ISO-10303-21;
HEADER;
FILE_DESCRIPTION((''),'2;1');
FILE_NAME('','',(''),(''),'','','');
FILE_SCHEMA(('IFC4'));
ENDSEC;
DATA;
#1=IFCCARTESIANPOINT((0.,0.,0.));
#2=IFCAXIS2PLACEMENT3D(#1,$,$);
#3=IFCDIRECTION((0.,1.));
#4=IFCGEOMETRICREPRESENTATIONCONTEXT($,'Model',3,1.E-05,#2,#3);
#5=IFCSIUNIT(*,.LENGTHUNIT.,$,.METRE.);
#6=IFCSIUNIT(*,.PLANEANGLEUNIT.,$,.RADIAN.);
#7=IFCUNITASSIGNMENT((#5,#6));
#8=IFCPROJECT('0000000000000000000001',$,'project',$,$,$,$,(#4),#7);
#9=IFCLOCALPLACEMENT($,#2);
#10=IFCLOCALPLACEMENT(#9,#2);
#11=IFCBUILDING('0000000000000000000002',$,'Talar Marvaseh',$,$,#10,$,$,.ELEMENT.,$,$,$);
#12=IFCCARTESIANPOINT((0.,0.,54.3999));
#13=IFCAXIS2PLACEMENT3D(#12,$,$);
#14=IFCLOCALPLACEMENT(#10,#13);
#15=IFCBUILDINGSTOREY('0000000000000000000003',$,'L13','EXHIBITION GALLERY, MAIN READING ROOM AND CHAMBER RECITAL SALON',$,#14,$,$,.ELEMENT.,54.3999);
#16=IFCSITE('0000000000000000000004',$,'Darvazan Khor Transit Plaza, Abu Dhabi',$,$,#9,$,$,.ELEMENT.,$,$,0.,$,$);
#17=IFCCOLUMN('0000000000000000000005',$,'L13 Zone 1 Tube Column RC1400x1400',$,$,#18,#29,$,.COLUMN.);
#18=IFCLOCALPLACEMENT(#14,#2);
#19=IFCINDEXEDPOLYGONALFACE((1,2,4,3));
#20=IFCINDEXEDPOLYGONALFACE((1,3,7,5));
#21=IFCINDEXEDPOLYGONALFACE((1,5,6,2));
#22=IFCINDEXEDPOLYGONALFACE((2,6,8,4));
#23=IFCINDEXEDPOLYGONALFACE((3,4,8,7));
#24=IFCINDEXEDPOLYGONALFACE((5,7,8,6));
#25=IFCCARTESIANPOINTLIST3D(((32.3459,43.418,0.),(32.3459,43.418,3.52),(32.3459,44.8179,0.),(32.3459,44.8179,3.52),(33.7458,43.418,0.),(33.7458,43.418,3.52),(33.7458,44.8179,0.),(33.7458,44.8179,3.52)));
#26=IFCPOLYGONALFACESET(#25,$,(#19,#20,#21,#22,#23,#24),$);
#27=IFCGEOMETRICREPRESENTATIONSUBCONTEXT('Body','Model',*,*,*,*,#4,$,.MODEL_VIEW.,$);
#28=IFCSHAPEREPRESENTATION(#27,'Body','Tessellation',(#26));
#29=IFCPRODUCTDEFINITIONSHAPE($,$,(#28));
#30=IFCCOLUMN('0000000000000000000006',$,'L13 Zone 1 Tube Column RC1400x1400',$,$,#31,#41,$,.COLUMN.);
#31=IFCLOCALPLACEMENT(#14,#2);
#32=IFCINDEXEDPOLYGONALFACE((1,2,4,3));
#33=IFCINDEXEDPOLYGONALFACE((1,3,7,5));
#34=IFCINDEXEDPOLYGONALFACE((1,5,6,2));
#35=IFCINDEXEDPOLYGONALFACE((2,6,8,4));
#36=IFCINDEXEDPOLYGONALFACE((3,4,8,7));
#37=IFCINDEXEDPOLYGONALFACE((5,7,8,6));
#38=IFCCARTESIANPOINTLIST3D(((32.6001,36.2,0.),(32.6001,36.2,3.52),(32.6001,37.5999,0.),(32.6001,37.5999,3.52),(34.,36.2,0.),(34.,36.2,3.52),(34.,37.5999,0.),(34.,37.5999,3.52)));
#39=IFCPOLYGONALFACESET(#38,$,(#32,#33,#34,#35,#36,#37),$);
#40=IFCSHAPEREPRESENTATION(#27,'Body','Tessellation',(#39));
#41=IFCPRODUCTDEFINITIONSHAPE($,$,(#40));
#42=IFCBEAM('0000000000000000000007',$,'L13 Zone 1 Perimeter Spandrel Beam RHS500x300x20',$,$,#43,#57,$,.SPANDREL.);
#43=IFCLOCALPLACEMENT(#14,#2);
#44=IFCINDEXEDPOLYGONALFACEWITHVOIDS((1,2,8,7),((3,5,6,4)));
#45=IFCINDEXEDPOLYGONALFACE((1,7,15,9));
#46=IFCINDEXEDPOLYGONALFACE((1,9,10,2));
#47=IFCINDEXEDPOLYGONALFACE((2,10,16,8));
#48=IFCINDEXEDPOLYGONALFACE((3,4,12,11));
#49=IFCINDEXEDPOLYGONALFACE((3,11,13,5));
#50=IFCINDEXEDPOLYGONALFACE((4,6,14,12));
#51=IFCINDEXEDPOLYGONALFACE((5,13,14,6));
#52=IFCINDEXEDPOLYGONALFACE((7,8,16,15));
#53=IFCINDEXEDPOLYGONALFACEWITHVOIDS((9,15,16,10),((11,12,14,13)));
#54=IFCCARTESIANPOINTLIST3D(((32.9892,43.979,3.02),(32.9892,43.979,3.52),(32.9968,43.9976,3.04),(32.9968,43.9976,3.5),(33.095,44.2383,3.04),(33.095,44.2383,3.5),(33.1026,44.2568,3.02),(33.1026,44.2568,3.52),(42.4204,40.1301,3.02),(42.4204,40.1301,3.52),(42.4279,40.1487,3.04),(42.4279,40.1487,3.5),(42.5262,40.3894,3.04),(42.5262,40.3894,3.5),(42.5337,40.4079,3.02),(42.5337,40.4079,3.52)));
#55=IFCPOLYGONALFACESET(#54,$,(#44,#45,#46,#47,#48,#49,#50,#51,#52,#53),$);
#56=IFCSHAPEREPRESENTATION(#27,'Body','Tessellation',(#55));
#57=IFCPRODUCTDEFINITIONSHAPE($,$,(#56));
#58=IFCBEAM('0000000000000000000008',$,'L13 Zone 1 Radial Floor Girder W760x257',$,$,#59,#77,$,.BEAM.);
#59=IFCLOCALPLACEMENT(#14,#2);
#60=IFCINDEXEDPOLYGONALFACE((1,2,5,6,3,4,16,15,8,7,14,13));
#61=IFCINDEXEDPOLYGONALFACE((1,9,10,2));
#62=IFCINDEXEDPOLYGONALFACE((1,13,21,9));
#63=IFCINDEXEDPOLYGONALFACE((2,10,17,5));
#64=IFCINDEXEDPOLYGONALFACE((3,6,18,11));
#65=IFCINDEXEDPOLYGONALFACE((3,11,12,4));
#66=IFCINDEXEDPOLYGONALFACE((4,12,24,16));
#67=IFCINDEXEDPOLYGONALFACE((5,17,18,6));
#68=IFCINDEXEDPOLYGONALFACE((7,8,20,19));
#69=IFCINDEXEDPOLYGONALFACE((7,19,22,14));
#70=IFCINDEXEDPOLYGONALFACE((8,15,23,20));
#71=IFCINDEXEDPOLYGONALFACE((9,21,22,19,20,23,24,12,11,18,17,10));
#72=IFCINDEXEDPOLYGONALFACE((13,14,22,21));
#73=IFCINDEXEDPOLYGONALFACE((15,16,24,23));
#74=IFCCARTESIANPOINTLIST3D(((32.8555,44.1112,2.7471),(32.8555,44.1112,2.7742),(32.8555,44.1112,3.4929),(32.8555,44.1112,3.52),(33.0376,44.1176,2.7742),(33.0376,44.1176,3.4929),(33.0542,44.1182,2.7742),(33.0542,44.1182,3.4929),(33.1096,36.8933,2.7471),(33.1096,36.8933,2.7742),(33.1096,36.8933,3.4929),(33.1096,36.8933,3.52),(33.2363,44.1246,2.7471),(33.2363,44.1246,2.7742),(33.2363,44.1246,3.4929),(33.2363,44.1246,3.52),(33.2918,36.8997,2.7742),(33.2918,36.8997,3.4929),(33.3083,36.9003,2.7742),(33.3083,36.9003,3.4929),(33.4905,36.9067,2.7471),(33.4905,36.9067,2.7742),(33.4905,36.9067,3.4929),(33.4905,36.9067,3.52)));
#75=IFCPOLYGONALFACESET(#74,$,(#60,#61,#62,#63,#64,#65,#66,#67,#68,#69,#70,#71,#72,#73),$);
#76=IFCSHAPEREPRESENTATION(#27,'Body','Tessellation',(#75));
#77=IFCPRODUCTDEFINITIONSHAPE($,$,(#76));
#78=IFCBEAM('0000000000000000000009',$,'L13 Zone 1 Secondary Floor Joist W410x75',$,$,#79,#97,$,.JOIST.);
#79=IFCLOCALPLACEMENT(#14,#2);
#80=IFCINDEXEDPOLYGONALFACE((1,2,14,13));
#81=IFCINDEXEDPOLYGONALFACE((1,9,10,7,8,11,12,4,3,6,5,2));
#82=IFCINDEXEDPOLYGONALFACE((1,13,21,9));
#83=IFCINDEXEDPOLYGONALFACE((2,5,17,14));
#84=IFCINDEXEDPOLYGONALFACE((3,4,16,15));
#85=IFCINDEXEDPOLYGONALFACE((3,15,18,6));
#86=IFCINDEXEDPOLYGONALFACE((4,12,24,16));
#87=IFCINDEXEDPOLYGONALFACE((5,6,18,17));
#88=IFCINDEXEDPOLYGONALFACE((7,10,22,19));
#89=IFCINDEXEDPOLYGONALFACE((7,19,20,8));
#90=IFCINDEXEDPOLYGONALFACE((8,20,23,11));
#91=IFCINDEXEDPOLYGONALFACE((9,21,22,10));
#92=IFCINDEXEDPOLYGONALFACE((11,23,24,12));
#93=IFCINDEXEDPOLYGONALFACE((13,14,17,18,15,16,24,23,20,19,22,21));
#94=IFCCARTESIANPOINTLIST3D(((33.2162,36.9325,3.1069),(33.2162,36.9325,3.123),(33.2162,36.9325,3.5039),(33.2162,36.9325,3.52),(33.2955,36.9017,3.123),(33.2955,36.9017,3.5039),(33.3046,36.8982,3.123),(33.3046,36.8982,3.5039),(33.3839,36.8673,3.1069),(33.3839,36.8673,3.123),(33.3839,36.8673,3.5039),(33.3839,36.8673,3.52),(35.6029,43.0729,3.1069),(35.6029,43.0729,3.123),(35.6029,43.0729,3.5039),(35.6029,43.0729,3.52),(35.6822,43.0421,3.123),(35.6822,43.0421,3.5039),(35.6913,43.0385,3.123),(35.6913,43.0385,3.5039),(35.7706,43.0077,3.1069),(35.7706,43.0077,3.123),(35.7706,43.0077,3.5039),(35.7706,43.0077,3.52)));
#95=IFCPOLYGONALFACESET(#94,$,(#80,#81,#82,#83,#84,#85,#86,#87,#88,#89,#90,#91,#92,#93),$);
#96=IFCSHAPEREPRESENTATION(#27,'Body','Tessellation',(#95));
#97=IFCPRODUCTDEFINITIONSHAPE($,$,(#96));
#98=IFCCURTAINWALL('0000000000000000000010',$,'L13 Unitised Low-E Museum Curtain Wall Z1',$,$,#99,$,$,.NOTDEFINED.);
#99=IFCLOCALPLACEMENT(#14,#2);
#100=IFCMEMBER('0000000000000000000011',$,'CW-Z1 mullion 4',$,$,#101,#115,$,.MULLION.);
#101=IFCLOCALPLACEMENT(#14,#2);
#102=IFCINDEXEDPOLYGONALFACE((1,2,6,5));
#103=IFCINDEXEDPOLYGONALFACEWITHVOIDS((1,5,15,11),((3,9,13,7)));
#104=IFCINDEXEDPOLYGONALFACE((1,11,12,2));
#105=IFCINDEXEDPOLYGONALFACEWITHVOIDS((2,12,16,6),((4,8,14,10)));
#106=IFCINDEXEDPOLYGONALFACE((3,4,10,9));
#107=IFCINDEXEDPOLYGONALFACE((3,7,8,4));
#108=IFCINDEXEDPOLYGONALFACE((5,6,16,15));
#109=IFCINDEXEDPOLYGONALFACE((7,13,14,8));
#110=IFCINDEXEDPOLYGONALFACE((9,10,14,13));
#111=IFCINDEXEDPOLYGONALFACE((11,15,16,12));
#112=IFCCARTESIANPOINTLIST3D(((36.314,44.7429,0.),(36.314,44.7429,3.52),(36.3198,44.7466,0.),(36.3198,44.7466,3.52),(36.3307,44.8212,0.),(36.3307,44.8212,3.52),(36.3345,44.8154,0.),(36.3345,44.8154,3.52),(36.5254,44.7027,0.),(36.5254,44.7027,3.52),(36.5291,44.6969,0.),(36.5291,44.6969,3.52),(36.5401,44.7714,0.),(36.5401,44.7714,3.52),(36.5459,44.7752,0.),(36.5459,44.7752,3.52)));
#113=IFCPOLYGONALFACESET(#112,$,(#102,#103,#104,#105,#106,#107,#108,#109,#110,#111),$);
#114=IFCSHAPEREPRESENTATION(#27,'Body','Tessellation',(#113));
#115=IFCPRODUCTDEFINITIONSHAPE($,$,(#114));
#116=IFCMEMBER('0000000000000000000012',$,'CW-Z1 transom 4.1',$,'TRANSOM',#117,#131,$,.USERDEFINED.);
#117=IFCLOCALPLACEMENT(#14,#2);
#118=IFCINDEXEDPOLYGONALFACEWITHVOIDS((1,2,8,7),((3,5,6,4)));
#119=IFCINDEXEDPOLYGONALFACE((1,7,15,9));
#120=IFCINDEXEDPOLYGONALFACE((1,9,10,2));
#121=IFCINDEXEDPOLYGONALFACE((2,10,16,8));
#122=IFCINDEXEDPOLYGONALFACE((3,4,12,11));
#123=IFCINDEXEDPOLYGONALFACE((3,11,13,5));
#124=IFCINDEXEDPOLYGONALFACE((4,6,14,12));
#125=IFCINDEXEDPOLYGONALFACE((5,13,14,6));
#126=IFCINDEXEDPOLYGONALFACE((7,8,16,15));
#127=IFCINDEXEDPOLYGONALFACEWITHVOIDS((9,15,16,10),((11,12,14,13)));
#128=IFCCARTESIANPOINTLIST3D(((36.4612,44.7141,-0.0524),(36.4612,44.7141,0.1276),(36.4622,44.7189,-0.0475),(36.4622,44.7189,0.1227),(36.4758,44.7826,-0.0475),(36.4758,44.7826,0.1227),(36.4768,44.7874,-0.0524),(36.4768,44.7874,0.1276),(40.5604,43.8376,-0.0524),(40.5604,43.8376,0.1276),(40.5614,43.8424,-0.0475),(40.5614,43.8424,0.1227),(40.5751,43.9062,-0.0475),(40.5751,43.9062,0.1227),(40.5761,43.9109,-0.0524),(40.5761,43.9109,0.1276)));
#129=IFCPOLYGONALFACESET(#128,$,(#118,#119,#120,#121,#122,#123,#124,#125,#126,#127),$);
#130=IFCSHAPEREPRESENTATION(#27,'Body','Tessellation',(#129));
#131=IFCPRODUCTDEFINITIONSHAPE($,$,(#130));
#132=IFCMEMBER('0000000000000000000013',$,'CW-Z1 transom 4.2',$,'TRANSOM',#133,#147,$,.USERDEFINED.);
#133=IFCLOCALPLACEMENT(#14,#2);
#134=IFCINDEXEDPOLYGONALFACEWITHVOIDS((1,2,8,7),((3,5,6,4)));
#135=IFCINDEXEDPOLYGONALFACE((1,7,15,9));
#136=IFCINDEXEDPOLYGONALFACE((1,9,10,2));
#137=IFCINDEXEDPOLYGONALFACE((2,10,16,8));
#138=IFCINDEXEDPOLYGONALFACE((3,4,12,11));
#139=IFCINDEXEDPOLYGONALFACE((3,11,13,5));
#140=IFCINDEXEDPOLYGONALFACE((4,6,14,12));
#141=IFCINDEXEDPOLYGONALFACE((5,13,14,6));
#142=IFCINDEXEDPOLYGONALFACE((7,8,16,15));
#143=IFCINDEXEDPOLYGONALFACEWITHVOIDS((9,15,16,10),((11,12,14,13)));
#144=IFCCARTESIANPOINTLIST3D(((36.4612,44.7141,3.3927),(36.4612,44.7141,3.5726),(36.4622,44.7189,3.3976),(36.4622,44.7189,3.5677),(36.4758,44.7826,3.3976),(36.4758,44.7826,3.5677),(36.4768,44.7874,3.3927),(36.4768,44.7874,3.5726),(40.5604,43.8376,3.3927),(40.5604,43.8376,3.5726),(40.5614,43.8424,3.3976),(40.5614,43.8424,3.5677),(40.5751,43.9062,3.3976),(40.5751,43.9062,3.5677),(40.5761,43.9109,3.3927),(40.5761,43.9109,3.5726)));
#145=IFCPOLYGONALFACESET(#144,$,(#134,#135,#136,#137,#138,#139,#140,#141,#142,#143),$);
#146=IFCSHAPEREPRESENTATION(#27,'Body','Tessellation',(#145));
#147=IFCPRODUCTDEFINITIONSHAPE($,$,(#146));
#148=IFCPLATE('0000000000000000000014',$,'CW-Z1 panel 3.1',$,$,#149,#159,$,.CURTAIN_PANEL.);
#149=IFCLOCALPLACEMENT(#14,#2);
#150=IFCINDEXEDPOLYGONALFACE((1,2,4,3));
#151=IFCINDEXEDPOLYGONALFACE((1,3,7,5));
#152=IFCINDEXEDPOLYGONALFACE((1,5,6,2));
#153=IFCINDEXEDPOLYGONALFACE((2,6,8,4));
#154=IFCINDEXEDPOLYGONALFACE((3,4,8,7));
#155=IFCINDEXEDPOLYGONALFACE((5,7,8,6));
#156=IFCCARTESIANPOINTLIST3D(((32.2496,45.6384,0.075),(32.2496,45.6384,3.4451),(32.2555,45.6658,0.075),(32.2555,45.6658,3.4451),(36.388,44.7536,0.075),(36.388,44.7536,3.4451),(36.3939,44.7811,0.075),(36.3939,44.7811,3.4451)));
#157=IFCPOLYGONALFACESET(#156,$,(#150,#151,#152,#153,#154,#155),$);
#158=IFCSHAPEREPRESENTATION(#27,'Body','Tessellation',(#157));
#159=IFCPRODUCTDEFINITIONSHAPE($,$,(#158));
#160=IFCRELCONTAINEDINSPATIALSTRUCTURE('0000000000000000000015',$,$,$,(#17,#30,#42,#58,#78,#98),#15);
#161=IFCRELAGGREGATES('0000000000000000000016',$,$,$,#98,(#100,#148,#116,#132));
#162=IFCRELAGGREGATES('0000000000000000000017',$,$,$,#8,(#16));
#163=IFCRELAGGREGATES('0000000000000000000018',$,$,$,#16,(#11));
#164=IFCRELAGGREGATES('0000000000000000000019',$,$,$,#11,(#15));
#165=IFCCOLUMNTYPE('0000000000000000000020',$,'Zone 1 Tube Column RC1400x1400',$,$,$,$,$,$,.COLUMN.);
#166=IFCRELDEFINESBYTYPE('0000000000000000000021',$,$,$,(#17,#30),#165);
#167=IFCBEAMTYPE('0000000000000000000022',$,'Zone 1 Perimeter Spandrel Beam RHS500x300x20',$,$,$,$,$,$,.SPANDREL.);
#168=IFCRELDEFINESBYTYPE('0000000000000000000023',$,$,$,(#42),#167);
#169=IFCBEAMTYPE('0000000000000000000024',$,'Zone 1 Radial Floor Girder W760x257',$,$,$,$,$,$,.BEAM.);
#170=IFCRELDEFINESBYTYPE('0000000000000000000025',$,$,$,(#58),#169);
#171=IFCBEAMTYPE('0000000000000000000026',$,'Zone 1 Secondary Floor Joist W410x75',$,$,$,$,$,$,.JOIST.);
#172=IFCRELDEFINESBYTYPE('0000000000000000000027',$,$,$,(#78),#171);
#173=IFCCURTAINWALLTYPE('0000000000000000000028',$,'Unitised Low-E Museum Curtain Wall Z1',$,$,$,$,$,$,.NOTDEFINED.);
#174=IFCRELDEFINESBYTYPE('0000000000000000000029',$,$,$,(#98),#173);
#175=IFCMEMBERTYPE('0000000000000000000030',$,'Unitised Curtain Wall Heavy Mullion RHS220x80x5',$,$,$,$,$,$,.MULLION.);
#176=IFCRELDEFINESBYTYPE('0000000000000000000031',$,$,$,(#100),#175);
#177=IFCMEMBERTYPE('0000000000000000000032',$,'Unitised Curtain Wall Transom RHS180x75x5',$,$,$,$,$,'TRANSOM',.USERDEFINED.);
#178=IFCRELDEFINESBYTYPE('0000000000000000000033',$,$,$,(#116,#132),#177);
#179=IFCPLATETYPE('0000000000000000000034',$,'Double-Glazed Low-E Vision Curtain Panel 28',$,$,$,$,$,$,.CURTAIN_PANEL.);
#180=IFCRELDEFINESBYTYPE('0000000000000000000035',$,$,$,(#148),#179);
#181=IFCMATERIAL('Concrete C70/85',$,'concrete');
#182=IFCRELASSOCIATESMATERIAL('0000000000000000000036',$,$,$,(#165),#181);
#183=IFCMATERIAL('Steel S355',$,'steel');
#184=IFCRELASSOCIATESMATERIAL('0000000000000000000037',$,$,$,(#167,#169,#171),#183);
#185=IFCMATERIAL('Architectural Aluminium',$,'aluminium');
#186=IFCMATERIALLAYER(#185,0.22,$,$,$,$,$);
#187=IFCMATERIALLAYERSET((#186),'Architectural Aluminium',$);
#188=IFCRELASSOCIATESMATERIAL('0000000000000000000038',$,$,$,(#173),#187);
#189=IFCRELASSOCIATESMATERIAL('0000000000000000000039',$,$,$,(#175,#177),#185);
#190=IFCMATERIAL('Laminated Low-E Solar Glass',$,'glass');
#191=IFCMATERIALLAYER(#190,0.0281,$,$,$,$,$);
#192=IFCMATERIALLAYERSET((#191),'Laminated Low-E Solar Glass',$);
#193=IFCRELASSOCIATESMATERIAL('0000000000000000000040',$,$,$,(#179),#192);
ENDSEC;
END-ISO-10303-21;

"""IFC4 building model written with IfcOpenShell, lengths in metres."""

from ifc_helpers import new_model, si_unit, direction, frame, origin, origin_2d, place, context, subcontext, project, spatial, rectangle, hollow_rectangle, i_section, extrude, source, transform, mapped, material, layer, layer_set, material_profile, profile_set, type_object, type_shapes, element, aggregate, save


model = new_model("IFC4")

# Units and contexts
model_context = context("Model", 3, precision=1e-05, world=origin(), true_north=direction((0.0, 1.0)))
body_context = subcontext(model_context, "Body", "Model", "MODEL_VIEW")
ifc_project = project(units=[si_unit("LENGTHUNIT", "METRE"), si_unit("PLANEANGLEUNIT", "RADIAN")], contexts=[model_context])

# Site, building, storey
site_placement = place(None, origin())
site = spatial("IfcSite", under=ifc_project, at=site_placement, Name="Darvazan Khor Transit Plaza, Abu Dhabi", CompositionType="ELEMENT", RefElevation=0.0)
building_placement = place(site_placement, origin())
building = spatial("IfcBuilding", under=site, at=building_placement, Name="Talar Marvaseh", CompositionType="ELEMENT")
storey_placement = place(building_placement, frame((0.0, 0.0, 54.3999)))
storey = spatial("IfcBuildingStorey", under=building, at=storey_placement, Name="L13", Description="EXHIBITION GALLERY, MAIN READING ROOM AND CHAMBER RECITAL SALON", CompositionType="ELEMENT", Elevation=54.3999)

# Columns
ifc_material_1 = material(Name="Concrete C70/85", Category="concrete")
ifc_material_profile_1 = material_profile(ifc_material_1, rectangle(XDim=1.3999, YDim=1.3999, at=origin_2d()), Name="RC1400x1400")
ifc_profile_set_1 = profile_set([ifc_material_profile_1], Name="Concrete C70/85")
column_type = type_object("IfcColumnType", Name="Zone 1 Tube Column RC1400x1400", PredefinedType="COLUMN", material=ifc_profile_set_1)
for number, where, z_axis, x_axis, name in (
    (1, (33.0459, 44.1179, 0.0), (0.0, 0.0, 1.0), (1.0, 0.0, 0.0), "L13 Zone 1 Tube Column RC1400x1400"),
    (2, (33.3, 36.8999, 0.0), (0.0, 0.0, 1.0), (1.0, 0.0, 0.0), "L13 Zone 1 Tube Column RC1400x1400"),
):
    element("IfcColumn", number, at=place(storey_placement, frame(where, z_axis=z_axis, x_axis=x_axis)), inside=storey, type_object=column_type, Name=name, PredefinedType="COLUMN", context=body_context, shape_type="SweptSolid", body=[
        extrude(rectangle(XDim=1.3999, YDim=1.3999, at=origin_2d()), origin(), (0.0, 0.0, 1.0), 3.52),
    ])

# Beams
ifc_material_2 = material(Name="Steel S355", Category="steel")
ifc_material_profile_2 = material_profile(ifc_material_2, hollow_rectangle(XDim=0.3, YDim=0.5, WallThickness=0.02, at=origin_2d()), Name="RHS500x300x20")
ifc_profile_set_2 = profile_set([ifc_material_profile_2], Name="Steel S355")
beam_type_1 = type_object("IfcBeamType", Name="Zone 1 Perimeter Spandrel Beam RHS500x300x20", PredefinedType="SPANDREL", material=ifc_profile_set_2)
beam_1_placement = place(storey_placement, frame((33.0459, 44.1179, 3.27), z_axis=(0.925867, -0.377849, 0.0), x_axis=(0.377849, 0.925867, 0.0)))
element("IfcBeam", 3, at=beam_1_placement, inside=storey, type_object=beam_type_1, Name="L13 Zone 1 Perimeter Spandrel Beam RHS500x300x20", PredefinedType="SPANDREL", context=body_context, shape_type="SweptSolid", body=[
    extrude(hollow_rectangle(XDim=0.3, YDim=0.5, WallThickness=0.02, at=origin_2d()), origin(), (0.0, 0.0, 1.0), 10.1863),
])
ifc_material_profile_3 = material_profile(ifc_material_2, i_section(OverallWidth=0.3811, OverallDepth=0.7729, WebThickness=0.0166, FlangeThickness=0.0271, at=origin_2d()), Name="W760x257")
ifc_profile_set_3 = profile_set([ifc_material_profile_3], Name="Steel S355")
beam_type_2 = type_object("IfcBeamType", Name="Zone 1 Radial Floor Girder W760x257", PredefinedType="BEAM", material=ifc_profile_set_3)
beam_2_placement = place(storey_placement, frame((33.0459, 44.1179, 3.1335), z_axis=(0.035189, -0.999381, 0.0), x_axis=(0.999381, 0.035189, 0.0)))
element("IfcBeam", 4, at=beam_2_placement, inside=storey, type_object=beam_type_2, Name="L13 Zone 1 Radial Floor Girder W760x257", PredefinedType="BEAM", context=body_context, shape_type="SweptSolid", body=[
    extrude(i_section(OverallWidth=0.3811, OverallDepth=0.7729, WebThickness=0.0166, FlangeThickness=0.0271, at=origin_2d()), origin(), (0.0, 0.0, 1.0), 7.2224),
])
ifc_material_profile_4 = material_profile(ifc_material_2, i_section(OverallWidth=0.1799, OverallDepth=0.4131, WebThickness=0.0098, FlangeThickness=0.0161, at=origin_2d()), Name="W410x75")
ifc_profile_set_4 = profile_set([ifc_material_profile_4], Name="Steel S355")
beam_type_3 = type_object("IfcBeamType", Name="Zone 1 Secondary Floor Joist W410x75", PredefinedType="JOIST", material=ifc_profile_set_4)
beam_3_placement = place(storey_placement, frame((35.6868, 43.0403, 3.3135), z_axis=(-0.362287, -0.932067, 0.0), x_axis=(0.932067, -0.362287, 0.0)))
element("IfcBeam", 5, at=beam_3_placement, inside=storey, type_object=beam_type_3, Name="L13 Zone 1 Secondary Floor Joist W410x75", PredefinedType="JOIST", context=body_context, shape_type="SweptSolid", body=[
    extrude(i_section(OverallWidth=0.1799, OverallDepth=0.4131, WebThickness=0.0098, FlangeThickness=0.0161, at=origin_2d()), origin(), (0.0, 0.0, 1.0), 6.5879),
])

# Curtain wall, members, plate
ifc_material_3 = material(Name="Architectural Aluminium", Category="aluminium")
ifc_layer_1 = layer(ifc_material_3, 0.22)
ifc_layer_set_1 = layer_set([ifc_layer_1], Name="Architectural Aluminium")
curtain_wall_type = type_object("IfcCurtainWallType", Name="Unitised Low-E Museum Curtain Wall Z1", PredefinedType="NOTDEFINED", material=ifc_layer_set_1)
curtain_wall_placement = place(storey_placement, origin())
curtain_wall = element("IfcCurtainWall", 6, at=curtain_wall_placement, inside=storey, type_object=curtain_wall_type, Name="L13 Unitised Low-E Museum Curtain Wall Z1", PredefinedType="NOTDEFINED")
ifc_material_profile_5 = material_profile(ifc_material_3, hollow_rectangle(XDim=0.0801, YDim=0.22, WallThickness=0.0049, at=origin_2d()), Name="RHS220x80x5")
ifc_profile_set_5 = profile_set([ifc_material_profile_5], Name="Architectural Aluminium")
member_type_1 = type_object("IfcMemberType", Name="Unitised Curtain Wall Heavy Mullion RHS220x80x5", PredefinedType="MULLION", material=ifc_profile_set_5)
shared_shape_1 = source(origin(), body_context, "Body", "SweptSolid", [
    extrude(hollow_rectangle(XDim=0.0801, YDim=0.22, WallThickness=0.0049, at=origin_2d()), origin(), (0.0, 0.0, 1.0), 3.52),
])
type_shapes(member_type_1, [shared_shape_1])
member_1_placement = place(storey_placement, frame((36.4299, 44.759, 0.0), z_axis=(0.0, 0.0, 1.0), x_axis=(0.209073, 0.9779, 0.0)))
member_1 = element("IfcMember", 7, at=member_1_placement, type_object=member_type_1, Name="CW-Z1 mullion 4", PredefinedType="MULLION", context=body_context, shape_type="MappedRepresentation", body=[
    mapped(shared_shape_1, transform((0.0, 0.0, 0.0), x_axis=(1.0, 0.0, 0.0), y_axis=(0.0, 1.0, 0.0), z_axis=(0.0, 0.0, 1.0), scale=1.0)),
])
ifc_material_profile_6 = material_profile(ifc_material_3, hollow_rectangle(XDim=0.075, YDim=0.1799, WallThickness=0.0049, at=origin_2d()), Name="RHS180x75x5")
ifc_profile_set_6 = profile_set([ifc_material_profile_6], Name="Architectural Aluminium")
member_type_2 = type_object("IfcMemberType", Name="Unitised Curtain Wall Transom RHS180x75x5", ElementType="TRANSOM", PredefinedType="USERDEFINED", material=ifc_profile_set_6)
shared_shape_2 = source(origin(), body_context, "Body", "SweptSolid", [
    extrude(hollow_rectangle(XDim=0.075, YDim=0.1799, WallThickness=0.0049, at=origin_2d()), origin(), (0.0, 0.0, 1.0), 4.1919),
])
type_shapes(member_type_2, [shared_shape_2])
member_2_placement = place(storey_placement, frame((36.469, 44.7507, 0.0376), z_axis=(0.977899, -0.20908, 0.0), x_axis=(0.20908, 0.977899, 0.0)))
member_2 = element("IfcMember", 8, at=member_2_placement, type_object=member_type_2, Name="CW-Z1 transom 4.1", ObjectType="TRANSOM", PredefinedType="USERDEFINED", context=body_context, shape_type="MappedRepresentation", body=[
    mapped(shared_shape_2, transform((0.0, 0.0, 0.0), x_axis=(1.0, 0.0, 0.0), y_axis=(0.0, 1.0, 0.0), z_axis=(0.0, 0.0, 1.0), scale=1.0)),
])
member_3_placement = place(storey_placement, frame((36.469, 44.7507, 3.4827), z_axis=(0.977899, -0.20908, 0.0), x_axis=(0.20908, 0.977899, 0.0)))
member_3 = element("IfcMember", 9, at=member_3_placement, type_object=member_type_2, Name="CW-Z1 transom 4.2", ObjectType="TRANSOM", PredefinedType="USERDEFINED", context=body_context, shape_type="MappedRepresentation", body=[
    mapped(shared_shape_2, transform((0.0, 0.0, 0.0), x_axis=(1.0, 0.0, 0.0), y_axis=(0.0, 1.0, 0.0), z_axis=(0.0, 0.0, 1.0), scale=1.0)),
])
ifc_material_4 = material(Name="Laminated Low-E Solar Glass", Category="glass")
ifc_layer_2 = layer(ifc_material_4, 0.0281)
ifc_layer_set_2 = layer_set([ifc_layer_2], Name="Laminated Low-E Solar Glass")
plate_type = type_object("IfcPlateType", Name="Double-Glazed Low-E Vision Curtain Panel 28", PredefinedType="CURTAIN_PANEL", material=ifc_layer_set_2)
shared_shape_3 = source(origin(), body_context, "Body", "SweptSolid", [
    extrude(rectangle(XDim=4.2319, YDim=0.0281, at=origin_2d()), origin(), (0.0, 0.0, 1.0), 3.3701),
])
type_shapes(plate_type, [shared_shape_3])
plate_placement = place(storey_placement, frame((34.3218, 45.2097, 0.075), z_axis=(0.0, 0.0, 1.0), x_axis=(0.9779, -0.209073, 0.0)))
plate = element("IfcPlate", 10, at=plate_placement, type_object=plate_type, Name="CW-Z1 panel 3.1", PredefinedType="CURTAIN_PANEL", context=body_context, shape_type="MappedRepresentation", body=[
    mapped(shared_shape_3, transform((0.0, 0.0, 0.0), x_axis=(1.0, 0.0, 0.0), y_axis=(0.0, 1.0, 0.0), z_axis=(0.0, 0.0, 1.0), scale=1.0)),
])
aggregate(curtain_wall, [member_1, plate, member_2, member_3])

save(model, "model.ifc")
